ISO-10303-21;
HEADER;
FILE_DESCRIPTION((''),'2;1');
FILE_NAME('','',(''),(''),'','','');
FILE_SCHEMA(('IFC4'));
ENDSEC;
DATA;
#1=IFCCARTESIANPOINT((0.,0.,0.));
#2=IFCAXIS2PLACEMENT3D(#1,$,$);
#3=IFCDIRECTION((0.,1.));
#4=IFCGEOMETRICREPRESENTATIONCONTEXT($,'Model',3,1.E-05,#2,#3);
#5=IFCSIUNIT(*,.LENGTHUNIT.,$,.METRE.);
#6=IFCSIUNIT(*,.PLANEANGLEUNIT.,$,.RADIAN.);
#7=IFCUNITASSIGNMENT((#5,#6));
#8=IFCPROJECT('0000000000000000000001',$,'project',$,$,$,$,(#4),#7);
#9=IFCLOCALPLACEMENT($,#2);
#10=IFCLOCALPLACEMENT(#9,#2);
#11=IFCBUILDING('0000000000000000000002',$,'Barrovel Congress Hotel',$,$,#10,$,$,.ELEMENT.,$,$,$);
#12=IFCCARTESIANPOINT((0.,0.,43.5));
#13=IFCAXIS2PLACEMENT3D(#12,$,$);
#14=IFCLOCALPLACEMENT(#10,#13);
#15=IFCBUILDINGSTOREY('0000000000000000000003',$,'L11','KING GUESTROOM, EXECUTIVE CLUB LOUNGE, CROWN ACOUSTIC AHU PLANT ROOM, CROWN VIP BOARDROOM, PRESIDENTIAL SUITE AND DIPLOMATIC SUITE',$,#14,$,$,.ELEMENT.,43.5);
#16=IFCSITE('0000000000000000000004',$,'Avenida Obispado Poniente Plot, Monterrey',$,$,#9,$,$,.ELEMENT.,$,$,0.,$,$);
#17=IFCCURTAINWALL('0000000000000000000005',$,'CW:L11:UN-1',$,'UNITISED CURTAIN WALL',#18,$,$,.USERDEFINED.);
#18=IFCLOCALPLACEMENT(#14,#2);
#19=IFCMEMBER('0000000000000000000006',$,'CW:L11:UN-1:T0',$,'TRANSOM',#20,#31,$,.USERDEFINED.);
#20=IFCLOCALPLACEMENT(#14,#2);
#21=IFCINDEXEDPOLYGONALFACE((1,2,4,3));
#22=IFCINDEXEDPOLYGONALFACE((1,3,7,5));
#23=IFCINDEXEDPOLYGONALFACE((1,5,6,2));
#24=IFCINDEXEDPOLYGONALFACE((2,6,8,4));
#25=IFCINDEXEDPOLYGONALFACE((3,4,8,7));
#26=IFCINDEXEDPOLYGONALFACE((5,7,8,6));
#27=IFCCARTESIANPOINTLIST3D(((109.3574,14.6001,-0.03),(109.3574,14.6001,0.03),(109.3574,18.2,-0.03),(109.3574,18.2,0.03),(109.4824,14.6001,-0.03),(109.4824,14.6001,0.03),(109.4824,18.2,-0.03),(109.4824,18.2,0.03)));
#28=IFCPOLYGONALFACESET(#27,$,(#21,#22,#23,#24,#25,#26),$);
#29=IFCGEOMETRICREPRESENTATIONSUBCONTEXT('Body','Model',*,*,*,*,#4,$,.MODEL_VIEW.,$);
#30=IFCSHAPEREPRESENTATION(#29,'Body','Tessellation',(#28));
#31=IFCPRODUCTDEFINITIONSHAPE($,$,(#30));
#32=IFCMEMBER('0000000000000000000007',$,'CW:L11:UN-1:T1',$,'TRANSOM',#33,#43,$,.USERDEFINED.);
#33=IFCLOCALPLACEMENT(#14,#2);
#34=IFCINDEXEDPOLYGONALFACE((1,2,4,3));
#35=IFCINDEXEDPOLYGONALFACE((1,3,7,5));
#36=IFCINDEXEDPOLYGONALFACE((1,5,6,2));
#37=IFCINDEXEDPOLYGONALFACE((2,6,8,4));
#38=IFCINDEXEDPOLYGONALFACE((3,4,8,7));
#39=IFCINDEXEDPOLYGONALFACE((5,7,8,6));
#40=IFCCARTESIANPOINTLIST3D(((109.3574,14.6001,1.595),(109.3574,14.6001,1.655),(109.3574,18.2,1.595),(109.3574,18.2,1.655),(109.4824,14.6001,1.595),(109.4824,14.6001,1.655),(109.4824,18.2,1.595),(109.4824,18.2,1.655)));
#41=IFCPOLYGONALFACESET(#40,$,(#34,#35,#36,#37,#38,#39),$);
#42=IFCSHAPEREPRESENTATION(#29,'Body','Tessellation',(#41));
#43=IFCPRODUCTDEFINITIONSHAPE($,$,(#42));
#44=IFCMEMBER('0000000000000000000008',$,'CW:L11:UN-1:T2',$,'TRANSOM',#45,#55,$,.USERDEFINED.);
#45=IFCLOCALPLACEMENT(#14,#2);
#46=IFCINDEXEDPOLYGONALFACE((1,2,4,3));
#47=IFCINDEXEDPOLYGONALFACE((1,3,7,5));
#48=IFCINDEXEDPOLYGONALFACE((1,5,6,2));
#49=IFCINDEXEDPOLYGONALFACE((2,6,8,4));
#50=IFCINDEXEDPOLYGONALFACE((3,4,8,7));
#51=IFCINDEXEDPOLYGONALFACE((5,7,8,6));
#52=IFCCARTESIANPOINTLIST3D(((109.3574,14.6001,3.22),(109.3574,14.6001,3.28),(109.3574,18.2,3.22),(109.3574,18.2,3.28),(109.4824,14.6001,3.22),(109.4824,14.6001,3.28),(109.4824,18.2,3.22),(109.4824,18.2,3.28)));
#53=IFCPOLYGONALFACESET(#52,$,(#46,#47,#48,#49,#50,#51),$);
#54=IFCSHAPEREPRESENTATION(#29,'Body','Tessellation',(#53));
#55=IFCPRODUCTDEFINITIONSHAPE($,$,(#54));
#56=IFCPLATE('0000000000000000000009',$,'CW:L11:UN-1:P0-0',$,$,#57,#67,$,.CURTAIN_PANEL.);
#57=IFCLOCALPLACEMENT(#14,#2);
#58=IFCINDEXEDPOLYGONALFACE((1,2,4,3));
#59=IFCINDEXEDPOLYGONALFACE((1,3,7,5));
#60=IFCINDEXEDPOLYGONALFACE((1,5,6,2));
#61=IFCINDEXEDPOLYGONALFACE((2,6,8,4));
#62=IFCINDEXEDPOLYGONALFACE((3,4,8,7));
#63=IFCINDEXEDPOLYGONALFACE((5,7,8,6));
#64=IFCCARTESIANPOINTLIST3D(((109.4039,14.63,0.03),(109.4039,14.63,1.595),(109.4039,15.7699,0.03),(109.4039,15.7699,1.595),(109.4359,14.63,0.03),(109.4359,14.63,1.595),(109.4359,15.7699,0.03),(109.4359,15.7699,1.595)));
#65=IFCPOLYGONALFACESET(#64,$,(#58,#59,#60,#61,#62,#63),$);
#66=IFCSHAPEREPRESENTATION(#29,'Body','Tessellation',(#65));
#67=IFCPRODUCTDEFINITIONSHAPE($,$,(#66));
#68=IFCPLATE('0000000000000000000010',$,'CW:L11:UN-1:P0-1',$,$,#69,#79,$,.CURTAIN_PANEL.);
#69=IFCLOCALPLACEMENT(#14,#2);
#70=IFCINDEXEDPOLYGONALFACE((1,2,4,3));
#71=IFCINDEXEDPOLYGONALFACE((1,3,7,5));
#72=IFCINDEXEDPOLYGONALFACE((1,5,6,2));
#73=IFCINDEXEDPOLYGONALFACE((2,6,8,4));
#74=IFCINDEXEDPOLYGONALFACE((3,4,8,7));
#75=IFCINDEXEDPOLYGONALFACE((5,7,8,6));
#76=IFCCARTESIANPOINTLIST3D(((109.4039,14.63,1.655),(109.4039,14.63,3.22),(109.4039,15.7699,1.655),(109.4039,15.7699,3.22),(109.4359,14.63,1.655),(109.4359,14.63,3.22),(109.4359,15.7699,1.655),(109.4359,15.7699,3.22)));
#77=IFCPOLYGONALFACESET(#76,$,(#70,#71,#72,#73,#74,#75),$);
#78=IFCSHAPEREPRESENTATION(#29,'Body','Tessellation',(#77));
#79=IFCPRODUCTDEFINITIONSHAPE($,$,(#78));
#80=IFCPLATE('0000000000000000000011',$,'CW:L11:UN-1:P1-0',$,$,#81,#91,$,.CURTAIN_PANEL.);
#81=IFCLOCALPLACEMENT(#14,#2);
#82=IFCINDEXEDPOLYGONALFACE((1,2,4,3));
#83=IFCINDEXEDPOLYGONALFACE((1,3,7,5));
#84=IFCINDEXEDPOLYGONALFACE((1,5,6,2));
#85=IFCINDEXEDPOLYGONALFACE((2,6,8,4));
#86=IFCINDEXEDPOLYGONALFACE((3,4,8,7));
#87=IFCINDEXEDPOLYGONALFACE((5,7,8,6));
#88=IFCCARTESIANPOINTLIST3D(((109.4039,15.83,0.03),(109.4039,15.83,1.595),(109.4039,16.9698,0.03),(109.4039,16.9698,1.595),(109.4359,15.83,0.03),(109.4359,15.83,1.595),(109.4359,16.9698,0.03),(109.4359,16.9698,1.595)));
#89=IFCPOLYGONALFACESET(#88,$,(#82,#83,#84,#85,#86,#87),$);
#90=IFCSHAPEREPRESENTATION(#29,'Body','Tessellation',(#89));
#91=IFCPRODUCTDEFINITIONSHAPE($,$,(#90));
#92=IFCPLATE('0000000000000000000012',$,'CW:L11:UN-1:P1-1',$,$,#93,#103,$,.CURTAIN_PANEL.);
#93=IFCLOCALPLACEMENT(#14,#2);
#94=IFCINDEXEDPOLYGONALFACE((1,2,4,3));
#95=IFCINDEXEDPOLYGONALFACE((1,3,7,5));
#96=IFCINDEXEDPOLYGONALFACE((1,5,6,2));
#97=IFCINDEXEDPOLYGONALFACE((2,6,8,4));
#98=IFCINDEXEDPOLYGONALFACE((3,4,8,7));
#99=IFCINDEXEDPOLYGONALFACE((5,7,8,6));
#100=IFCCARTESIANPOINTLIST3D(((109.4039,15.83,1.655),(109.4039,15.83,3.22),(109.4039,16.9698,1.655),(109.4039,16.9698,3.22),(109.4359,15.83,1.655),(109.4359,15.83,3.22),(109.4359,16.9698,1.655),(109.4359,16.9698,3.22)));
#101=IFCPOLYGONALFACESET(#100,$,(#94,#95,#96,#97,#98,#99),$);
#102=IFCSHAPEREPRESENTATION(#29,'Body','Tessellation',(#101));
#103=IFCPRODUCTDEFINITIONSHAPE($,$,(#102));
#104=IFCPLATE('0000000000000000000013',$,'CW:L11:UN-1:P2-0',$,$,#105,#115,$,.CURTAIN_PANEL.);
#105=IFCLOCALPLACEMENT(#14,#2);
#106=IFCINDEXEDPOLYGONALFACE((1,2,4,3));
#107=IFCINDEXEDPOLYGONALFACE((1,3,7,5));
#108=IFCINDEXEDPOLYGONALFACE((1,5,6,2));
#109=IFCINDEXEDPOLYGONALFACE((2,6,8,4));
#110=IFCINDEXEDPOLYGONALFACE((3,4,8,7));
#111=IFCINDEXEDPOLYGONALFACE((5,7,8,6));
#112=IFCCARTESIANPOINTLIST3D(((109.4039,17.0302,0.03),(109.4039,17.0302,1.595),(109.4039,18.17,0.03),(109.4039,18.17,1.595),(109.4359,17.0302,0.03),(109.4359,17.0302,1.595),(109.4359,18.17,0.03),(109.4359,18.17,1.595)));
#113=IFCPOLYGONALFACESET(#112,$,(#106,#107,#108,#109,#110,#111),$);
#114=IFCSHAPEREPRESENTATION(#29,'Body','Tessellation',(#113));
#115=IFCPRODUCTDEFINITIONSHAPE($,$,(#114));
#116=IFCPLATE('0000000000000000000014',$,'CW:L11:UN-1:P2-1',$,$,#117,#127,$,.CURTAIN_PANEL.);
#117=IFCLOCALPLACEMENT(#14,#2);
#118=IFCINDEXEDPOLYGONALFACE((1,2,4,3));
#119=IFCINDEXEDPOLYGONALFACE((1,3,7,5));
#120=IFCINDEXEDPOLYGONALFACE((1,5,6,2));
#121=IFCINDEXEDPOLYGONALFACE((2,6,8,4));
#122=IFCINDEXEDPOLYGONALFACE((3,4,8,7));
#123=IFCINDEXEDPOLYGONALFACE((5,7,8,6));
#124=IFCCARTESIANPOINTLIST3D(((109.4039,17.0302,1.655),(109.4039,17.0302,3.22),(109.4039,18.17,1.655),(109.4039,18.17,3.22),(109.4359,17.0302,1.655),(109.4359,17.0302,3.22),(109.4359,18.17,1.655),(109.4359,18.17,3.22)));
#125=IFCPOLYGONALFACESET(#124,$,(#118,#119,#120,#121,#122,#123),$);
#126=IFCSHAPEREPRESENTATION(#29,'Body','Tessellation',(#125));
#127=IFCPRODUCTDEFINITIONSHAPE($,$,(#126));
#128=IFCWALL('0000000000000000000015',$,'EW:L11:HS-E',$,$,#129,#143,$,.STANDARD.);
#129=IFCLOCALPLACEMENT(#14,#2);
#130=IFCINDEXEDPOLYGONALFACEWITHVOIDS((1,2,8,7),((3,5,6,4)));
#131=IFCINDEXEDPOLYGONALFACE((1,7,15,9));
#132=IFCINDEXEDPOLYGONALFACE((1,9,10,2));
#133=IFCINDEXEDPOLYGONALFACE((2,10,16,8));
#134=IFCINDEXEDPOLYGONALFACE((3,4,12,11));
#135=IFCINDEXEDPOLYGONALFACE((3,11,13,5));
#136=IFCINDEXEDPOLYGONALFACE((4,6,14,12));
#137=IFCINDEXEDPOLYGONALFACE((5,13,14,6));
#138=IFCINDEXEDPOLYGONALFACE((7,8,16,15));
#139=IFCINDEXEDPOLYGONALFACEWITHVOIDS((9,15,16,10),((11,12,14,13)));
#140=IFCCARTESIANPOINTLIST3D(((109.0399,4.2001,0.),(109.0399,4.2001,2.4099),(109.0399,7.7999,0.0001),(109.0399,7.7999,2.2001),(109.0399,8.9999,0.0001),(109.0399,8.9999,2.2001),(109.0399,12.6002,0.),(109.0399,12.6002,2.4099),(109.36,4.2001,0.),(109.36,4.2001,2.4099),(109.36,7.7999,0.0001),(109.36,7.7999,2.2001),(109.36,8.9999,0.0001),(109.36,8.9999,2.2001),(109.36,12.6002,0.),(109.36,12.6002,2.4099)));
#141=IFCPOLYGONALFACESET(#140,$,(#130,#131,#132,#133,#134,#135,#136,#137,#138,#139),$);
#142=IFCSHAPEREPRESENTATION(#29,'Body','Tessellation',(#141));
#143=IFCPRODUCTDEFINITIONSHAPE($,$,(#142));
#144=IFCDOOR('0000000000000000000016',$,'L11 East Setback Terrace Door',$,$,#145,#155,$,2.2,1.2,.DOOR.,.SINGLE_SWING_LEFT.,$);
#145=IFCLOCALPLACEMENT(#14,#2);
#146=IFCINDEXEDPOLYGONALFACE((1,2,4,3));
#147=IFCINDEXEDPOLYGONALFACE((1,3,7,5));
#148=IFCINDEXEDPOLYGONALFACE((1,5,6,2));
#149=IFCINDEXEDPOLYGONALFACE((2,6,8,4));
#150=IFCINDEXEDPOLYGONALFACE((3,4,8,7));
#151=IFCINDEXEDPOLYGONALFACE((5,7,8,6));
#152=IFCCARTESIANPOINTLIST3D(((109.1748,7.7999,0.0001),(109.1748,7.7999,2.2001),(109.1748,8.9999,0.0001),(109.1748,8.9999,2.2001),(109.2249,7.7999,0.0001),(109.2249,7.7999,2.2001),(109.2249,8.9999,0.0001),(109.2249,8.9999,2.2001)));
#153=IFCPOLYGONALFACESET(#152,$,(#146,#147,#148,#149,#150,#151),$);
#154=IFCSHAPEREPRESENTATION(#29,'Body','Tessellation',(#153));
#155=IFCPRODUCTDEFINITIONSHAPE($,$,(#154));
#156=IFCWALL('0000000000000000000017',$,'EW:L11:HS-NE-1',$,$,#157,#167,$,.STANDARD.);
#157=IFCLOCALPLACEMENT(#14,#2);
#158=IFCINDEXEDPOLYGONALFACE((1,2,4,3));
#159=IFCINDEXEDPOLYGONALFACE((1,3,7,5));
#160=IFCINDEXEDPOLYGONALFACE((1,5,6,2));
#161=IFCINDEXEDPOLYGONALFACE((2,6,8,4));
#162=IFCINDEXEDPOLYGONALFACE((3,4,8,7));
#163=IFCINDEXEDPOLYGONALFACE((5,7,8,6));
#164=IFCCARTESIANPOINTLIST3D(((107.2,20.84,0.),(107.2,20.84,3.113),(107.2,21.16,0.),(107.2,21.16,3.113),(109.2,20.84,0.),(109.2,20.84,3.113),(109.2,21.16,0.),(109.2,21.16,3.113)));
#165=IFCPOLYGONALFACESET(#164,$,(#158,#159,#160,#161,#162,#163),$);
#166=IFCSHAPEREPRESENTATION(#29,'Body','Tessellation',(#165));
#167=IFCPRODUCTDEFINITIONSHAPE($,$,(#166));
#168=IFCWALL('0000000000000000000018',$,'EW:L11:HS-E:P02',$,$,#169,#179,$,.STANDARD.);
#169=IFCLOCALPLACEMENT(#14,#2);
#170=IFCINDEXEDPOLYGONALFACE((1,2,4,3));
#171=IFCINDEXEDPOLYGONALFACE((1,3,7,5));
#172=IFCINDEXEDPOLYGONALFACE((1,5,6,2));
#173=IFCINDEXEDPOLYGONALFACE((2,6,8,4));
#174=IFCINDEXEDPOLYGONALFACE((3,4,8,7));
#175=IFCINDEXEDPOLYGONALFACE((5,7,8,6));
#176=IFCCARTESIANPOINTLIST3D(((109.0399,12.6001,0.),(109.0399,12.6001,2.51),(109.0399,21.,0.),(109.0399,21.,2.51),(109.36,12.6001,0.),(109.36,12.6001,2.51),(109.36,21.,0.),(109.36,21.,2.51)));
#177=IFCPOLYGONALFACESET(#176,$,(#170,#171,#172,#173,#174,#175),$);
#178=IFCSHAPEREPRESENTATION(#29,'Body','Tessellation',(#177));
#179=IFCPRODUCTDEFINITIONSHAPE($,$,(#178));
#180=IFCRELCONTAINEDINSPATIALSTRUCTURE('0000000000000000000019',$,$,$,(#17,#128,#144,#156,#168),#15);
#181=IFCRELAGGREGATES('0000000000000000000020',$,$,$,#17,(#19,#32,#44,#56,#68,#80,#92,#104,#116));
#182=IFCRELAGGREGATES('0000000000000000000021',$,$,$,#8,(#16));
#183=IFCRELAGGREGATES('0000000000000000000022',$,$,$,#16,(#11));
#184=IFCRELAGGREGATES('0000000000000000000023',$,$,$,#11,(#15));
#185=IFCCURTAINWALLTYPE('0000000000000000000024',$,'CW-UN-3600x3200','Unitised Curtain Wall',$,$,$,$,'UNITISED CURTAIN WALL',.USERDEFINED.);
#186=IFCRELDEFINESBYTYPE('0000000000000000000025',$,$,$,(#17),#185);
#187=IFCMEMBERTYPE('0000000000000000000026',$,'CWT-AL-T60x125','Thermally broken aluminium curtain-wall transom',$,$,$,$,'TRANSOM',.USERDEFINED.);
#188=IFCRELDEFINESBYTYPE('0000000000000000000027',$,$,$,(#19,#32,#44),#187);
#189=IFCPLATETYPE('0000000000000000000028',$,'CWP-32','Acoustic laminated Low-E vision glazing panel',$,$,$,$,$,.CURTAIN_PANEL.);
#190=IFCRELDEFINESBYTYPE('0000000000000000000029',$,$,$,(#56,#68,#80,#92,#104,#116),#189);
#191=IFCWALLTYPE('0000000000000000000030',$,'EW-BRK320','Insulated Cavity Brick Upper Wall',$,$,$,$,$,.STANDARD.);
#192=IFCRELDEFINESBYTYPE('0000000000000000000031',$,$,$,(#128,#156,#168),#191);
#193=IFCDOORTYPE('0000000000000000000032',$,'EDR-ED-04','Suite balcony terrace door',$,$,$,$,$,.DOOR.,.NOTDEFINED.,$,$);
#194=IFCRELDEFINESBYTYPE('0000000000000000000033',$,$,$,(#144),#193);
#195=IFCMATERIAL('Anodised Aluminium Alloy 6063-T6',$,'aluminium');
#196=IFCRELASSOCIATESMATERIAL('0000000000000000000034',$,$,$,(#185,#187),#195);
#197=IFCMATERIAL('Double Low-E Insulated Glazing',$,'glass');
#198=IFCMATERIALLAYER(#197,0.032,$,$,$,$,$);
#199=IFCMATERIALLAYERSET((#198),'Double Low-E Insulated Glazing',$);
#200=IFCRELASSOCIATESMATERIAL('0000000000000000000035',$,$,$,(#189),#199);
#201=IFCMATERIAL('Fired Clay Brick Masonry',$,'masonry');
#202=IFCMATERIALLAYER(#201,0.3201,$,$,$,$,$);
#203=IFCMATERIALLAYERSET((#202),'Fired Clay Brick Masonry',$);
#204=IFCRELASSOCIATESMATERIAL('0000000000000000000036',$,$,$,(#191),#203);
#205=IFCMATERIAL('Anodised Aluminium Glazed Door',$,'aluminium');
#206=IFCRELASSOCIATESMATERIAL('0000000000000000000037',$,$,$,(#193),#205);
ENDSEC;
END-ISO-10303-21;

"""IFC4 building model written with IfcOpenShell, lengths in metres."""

from ifc_helpers import new_model, si_unit, direction, frame, frame_2d, origin, origin_2d, place, context, subcontext, project, spatial, rectangle, extrude, material, layer, layer_set, material_profile, profile_set, type_object, element, fill, aggregate, save


model = new_model("IFC4")

# Units and contexts
model_context = context("Model", 3, precision=1e-05, world=origin(), true_north=direction((0.0, 1.0)))
body_context = subcontext(model_context, "Body", "Model", "MODEL_VIEW")
ifc_project = project(units=[si_unit("LENGTHUNIT", "METRE"), si_unit("PLANEANGLEUNIT", "RADIAN")], contexts=[model_context])

# Site, building, storey
site_placement = place(None, origin())
site = spatial("IfcSite", under=ifc_project, at=site_placement, Name="Avenida Obispado Poniente Plot, Monterrey", CompositionType="ELEMENT", RefElevation=0.0)
building_placement = place(site_placement, origin())
building = spatial("IfcBuilding", under=site, at=building_placement, Name="Barrovel Congress Hotel", CompositionType="ELEMENT")
storey_placement = place(building_placement, frame((0.0, 0.0, 43.5)))
storey = spatial("IfcBuildingStorey", under=building, at=storey_placement, Name="L11", Description="KING GUESTROOM, EXECUTIVE CLUB LOUNGE, CROWN ACOUSTIC AHU PLANT ROOM, CROWN VIP BOARDROOM, PRESIDENTIAL SUITE AND DIPLOMATIC SUITE", CompositionType="ELEMENT", Elevation=43.5)

# Curtain wall, members, plates
ifc_material_1 = material(Name="Anodised Aluminium Alloy 6063-T6", Category="aluminium")
curtain_wall_type = type_object("IfcCurtainWallType", Name="CW-UN-3600x3200", Description="Unitised Curtain Wall", ElementType="UNITISED CURTAIN WALL", PredefinedType="USERDEFINED", material=ifc_material_1)
curtain_wall_placement = place(storey_placement, origin())
curtain_wall = element("IfcCurtainWall", 1, at=curtain_wall_placement, inside=storey, type_object=curtain_wall_type, Name="CW:L11:UN-1", ObjectType="UNITISED CURTAIN WALL", PredefinedType="USERDEFINED")
ifc_material_profile_1 = material_profile(ifc_material_1, rectangle(XDim=0.125, YDim=0.0601, at=origin_2d()), Name="AL-T60x125")
ifc_profile_set_1 = profile_set([ifc_material_profile_1], Name="Anodised Aluminium Alloy 6063-T6")
member_type_1 = type_object("IfcMemberType", Name="CWT-AL-T60x125", Description="Thermally broken aluminium curtain-wall transom", ElementType="TRANSOM", PredefinedType="USERDEFINED", material=ifc_profile_set_1)
member_1_placement = place(storey_placement, frame((109.4199, 14.6001, 0.0), z_axis=(0.0, 1.0, 0.0), x_axis=(-1.0, 0.0, 0.0)))
member_1 = element("IfcMember", 2, at=member_1_placement, type_object=member_type_1, Name="CW:L11:UN-1:T0", ObjectType="TRANSOM", PredefinedType="USERDEFINED", context=body_context, shape_type="SweptSolid", body=[
    extrude(rectangle(XDim=0.125, YDim=0.0601, at=origin_2d()), origin(), (0.0, 0.0, 1.0), 3.5999),
])
member_2_placement = place(storey_placement, frame((109.4199, 14.6001, 1.625), z_axis=(0.0, 1.0, 0.0), x_axis=(-1.0, 0.0, 0.0)))
member_2 = element("IfcMember", 3, at=member_2_placement, type_object=member_type_1, Name="CW:L11:UN-1:T1", ObjectType="TRANSOM", PredefinedType="USERDEFINED", context=body_context, shape_type="SweptSolid", body=[
    extrude(rectangle(XDim=0.125, YDim=0.0601, at=origin_2d()), origin(), (0.0, 0.0, 1.0), 3.5999),
])
member_3_placement = place(storey_placement, frame((109.4199, 14.6001, 3.25), z_axis=(0.0, 1.0, 0.0), x_axis=(-1.0, 0.0, 0.0)))
member_3 = element("IfcMember", 4, at=member_3_placement, type_object=member_type_1, Name="CW:L11:UN-1:T2", ObjectType="TRANSOM", PredefinedType="USERDEFINED", context=body_context, shape_type="SweptSolid", body=[
    extrude(rectangle(XDim=0.125, YDim=0.0601, at=origin_2d()), origin(), (0.0, 0.0, 1.0), 3.5999),
])
ifc_material_2 = material(Name="Double Low-E Insulated Glazing", Category="glass")
ifc_layer_1 = layer(ifc_material_2, 0.032)
ifc_layer_set_1 = layer_set([ifc_layer_1], Name="Double Low-E Insulated Glazing")
plate_type = type_object("IfcPlateType", Name="CWP-32", Description="Acoustic laminated Low-E vision glazing panel", PredefinedType="CURTAIN_PANEL", material=ifc_layer_set_1)
plate_1_placement = place(storey_placement, frame((109.4199, 15.2, 0.03), z_axis=(0.0, 0.0, 1.0), x_axis=(0.0, 1.0, 0.0)))
plate_1 = element("IfcPlate", 5, at=plate_1_placement, type_object=plate_type, Name="CW:L11:UN-1:P0-0", PredefinedType="CURTAIN_PANEL", context=body_context, shape_type="SweptSolid", body=[
    extrude(rectangle(XDim=1.1399, YDim=0.032, at=origin_2d()), origin(), (0.0, 0.0, 1.0), 1.5649),
])
plate_2_placement = place(storey_placement, frame((109.4199, 15.2, 1.655), z_axis=(0.0, 0.0, 1.0), x_axis=(0.0, 1.0, 0.0)))
plate_2 = element("IfcPlate", 6, at=plate_2_placement, type_object=plate_type, Name="CW:L11:UN-1:P0-1", PredefinedType="CURTAIN_PANEL", context=body_context, shape_type="SweptSolid", body=[
    extrude(rectangle(XDim=1.1399, YDim=0.032, at=origin_2d()), origin(), (0.0, 0.0, 1.0), 1.5649),
])
plate_3_placement = place(storey_placement, frame((109.4199, 16.3999, 0.03), z_axis=(0.0, 0.0, 1.0), x_axis=(0.0, 1.0, 0.0)))
plate_3 = element("IfcPlate", 7, at=plate_3_placement, type_object=plate_type, Name="CW:L11:UN-1:P1-0", PredefinedType="CURTAIN_PANEL", context=body_context, shape_type="SweptSolid", body=[
    extrude(rectangle(XDim=1.1399, YDim=0.032, at=origin_2d()), origin(), (0.0, 0.0, 1.0), 1.5649),
])
plate_4_placement = place(storey_placement, frame((109.4199, 16.3999, 1.655), z_axis=(0.0, 0.0, 1.0), x_axis=(0.0, 1.0, 0.0)))
plate_4 = element("IfcPlate", 8, at=plate_4_placement, type_object=plate_type, Name="CW:L11:UN-1:P1-1", PredefinedType="CURTAIN_PANEL", context=body_context, shape_type="SweptSolid", body=[
    extrude(rectangle(XDim=1.1399, YDim=0.032, at=origin_2d()), origin(), (0.0, 0.0, 1.0), 1.5649),
])
plate_5_placement = place(storey_placement, frame((109.4199, 17.6001, 0.03), z_axis=(0.0, 0.0, 1.0), x_axis=(0.0, 1.0, 0.0)))
plate_5 = element("IfcPlate", 9, at=plate_5_placement, type_object=plate_type, Name="CW:L11:UN-1:P2-0", PredefinedType="CURTAIN_PANEL", context=body_context, shape_type="SweptSolid", body=[
    extrude(rectangle(XDim=1.1399, YDim=0.032, at=origin_2d()), origin(), (0.0, 0.0, 1.0), 1.5649),
])
plate_6_placement = place(storey_placement, frame((109.4199, 17.6001, 1.655), z_axis=(0.0, 0.0, 1.0), x_axis=(0.0, 1.0, 0.0)))
plate_6 = element("IfcPlate", 10, at=plate_6_placement, type_object=plate_type, Name="CW:L11:UN-1:P2-1", PredefinedType="CURTAIN_PANEL", context=body_context, shape_type="SweptSolid", body=[
    extrude(rectangle(XDim=1.1399, YDim=0.032, at=origin_2d()), origin(), (0.0, 0.0, 1.0), 1.5649),
])
aggregate(curtain_wall, [member_1, member_2, member_3, plate_1, plate_2, plate_3, plate_4, plate_5, plate_6])

# Wall, opening, door
ifc_material_3 = material(Name="Fired Clay Brick Masonry", Category="masonry")
ifc_layer_2 = layer(ifc_material_3, 0.3201)
ifc_layer_set_2 = layer_set([ifc_layer_2], Name="Fired Clay Brick Masonry")
wall_type_1 = type_object("IfcWallType", Name="EW-BRK320", Description="Insulated Cavity Brick Upper Wall", PredefinedType="STANDARD", material=ifc_layer_set_2)
wall_1_placement = place(storey_placement, frame((109.2, 4.2, 0.0), z_axis=(0.0, 0.0, 1.0), x_axis=(0.0, 1.0, 0.0)))
wall_1 = element("IfcWall", 11, at=wall_1_placement, inside=storey, type_object=wall_type_1, Name="EW:L11:HS-E", PredefinedType="STANDARD", context=body_context, shape_type="SweptSolid", body=[
    extrude(rectangle(XDim=8.4001, YDim=0.3201, at=frame_2d((4.2002, 0.0))), origin(), (0.0, 0.0, 1.0), 2.4099),
])
opening_placement = place(wall_1_placement, frame((4.8, 0.0, 0.0), z_axis=(0.0, 0.0, 1.0), x_axis=(-1.0, 0.0, 0.0)))
opening = element("IfcOpeningElement", 12, at=opening_placement, cuts=wall_1, PredefinedType="OPENING", context=body_context, shape_type="SweptSolid", body=[
    extrude(rectangle(XDim=1.2, YDim=2.2, at=frame_2d((0.6001, 1.1001))), frame((0.0, 0.1699, 0.0), z_axis=(0.0, -1.0, 0.0), x_axis=(1.0, 0.0, 0.0)), (0.0, 0.0, 1.0), 0.3401),
])
ifc_material_4 = material(Name="Anodised Aluminium Glazed Door", Category="aluminium")
door_type = type_object("IfcDoorType", Name="EDR-ED-04", Description="Suite balcony terrace door", OperationType="NOTDEFINED", PredefinedType="DOOR", material=ifc_material_4)
door_placement = place(opening_placement, origin())
door = element("IfcDoor", 13, at=door_placement, inside=storey, type_object=door_type, Name="L11 East Setback Terrace Door", OperationType="SINGLE_SWING_LEFT", OverallHeight=2.2, OverallWidth=1.2, PredefinedType="DOOR", context=body_context, shape_type="SweptSolid", body=[
    extrude(rectangle(XDim=1.2, YDim=2.2, at=frame_2d((0.6001, 1.1001))), frame((0.0, 0.0249, 0.0), z_axis=(0.0, -1.0, 0.0), x_axis=(1.0, 0.0, 0.0)), (0.0, 0.0, 1.0), 0.05),
])
fill(opening, door)

# Walls
wall_2_placement = place(storey_placement, frame((109.2, 21.0, 0.0), z_axis=(0.0, 0.0, 1.0), x_axis=(-1.0, 0.0, 0.0)))
element("IfcWall", 14, at=wall_2_placement, inside=storey, type_object=wall_type_1, Name="EW:L11:HS-NE-1", PredefinedType="STANDARD", context=body_context, shape_type="SweptSolid", body=[
    extrude(rectangle(XDim=2.0, YDim=0.3201, at=frame_2d((1.0, 0.0))), origin(), (0.0, 0.0, 1.0), 3.113),
])
wall_3_placement = place(storey_placement, frame((109.2, 12.6001, 0.0), z_axis=(0.0, 0.0, 1.0), x_axis=(0.0, 1.0, 0.0)))
element("IfcWall", 15, at=wall_3_placement, inside=storey, type_object=wall_type_1, Name="EW:L11:HS-E:P02", PredefinedType="STANDARD", context=body_context, shape_type="SweptSolid", body=[
    extrude(rectangle(XDim=8.3999, YDim=0.3201, at=frame_2d((4.2, 0.0))), origin(), (0.0, 0.0, 1.0), 2.51),
])

save(model, "model.ifc")
